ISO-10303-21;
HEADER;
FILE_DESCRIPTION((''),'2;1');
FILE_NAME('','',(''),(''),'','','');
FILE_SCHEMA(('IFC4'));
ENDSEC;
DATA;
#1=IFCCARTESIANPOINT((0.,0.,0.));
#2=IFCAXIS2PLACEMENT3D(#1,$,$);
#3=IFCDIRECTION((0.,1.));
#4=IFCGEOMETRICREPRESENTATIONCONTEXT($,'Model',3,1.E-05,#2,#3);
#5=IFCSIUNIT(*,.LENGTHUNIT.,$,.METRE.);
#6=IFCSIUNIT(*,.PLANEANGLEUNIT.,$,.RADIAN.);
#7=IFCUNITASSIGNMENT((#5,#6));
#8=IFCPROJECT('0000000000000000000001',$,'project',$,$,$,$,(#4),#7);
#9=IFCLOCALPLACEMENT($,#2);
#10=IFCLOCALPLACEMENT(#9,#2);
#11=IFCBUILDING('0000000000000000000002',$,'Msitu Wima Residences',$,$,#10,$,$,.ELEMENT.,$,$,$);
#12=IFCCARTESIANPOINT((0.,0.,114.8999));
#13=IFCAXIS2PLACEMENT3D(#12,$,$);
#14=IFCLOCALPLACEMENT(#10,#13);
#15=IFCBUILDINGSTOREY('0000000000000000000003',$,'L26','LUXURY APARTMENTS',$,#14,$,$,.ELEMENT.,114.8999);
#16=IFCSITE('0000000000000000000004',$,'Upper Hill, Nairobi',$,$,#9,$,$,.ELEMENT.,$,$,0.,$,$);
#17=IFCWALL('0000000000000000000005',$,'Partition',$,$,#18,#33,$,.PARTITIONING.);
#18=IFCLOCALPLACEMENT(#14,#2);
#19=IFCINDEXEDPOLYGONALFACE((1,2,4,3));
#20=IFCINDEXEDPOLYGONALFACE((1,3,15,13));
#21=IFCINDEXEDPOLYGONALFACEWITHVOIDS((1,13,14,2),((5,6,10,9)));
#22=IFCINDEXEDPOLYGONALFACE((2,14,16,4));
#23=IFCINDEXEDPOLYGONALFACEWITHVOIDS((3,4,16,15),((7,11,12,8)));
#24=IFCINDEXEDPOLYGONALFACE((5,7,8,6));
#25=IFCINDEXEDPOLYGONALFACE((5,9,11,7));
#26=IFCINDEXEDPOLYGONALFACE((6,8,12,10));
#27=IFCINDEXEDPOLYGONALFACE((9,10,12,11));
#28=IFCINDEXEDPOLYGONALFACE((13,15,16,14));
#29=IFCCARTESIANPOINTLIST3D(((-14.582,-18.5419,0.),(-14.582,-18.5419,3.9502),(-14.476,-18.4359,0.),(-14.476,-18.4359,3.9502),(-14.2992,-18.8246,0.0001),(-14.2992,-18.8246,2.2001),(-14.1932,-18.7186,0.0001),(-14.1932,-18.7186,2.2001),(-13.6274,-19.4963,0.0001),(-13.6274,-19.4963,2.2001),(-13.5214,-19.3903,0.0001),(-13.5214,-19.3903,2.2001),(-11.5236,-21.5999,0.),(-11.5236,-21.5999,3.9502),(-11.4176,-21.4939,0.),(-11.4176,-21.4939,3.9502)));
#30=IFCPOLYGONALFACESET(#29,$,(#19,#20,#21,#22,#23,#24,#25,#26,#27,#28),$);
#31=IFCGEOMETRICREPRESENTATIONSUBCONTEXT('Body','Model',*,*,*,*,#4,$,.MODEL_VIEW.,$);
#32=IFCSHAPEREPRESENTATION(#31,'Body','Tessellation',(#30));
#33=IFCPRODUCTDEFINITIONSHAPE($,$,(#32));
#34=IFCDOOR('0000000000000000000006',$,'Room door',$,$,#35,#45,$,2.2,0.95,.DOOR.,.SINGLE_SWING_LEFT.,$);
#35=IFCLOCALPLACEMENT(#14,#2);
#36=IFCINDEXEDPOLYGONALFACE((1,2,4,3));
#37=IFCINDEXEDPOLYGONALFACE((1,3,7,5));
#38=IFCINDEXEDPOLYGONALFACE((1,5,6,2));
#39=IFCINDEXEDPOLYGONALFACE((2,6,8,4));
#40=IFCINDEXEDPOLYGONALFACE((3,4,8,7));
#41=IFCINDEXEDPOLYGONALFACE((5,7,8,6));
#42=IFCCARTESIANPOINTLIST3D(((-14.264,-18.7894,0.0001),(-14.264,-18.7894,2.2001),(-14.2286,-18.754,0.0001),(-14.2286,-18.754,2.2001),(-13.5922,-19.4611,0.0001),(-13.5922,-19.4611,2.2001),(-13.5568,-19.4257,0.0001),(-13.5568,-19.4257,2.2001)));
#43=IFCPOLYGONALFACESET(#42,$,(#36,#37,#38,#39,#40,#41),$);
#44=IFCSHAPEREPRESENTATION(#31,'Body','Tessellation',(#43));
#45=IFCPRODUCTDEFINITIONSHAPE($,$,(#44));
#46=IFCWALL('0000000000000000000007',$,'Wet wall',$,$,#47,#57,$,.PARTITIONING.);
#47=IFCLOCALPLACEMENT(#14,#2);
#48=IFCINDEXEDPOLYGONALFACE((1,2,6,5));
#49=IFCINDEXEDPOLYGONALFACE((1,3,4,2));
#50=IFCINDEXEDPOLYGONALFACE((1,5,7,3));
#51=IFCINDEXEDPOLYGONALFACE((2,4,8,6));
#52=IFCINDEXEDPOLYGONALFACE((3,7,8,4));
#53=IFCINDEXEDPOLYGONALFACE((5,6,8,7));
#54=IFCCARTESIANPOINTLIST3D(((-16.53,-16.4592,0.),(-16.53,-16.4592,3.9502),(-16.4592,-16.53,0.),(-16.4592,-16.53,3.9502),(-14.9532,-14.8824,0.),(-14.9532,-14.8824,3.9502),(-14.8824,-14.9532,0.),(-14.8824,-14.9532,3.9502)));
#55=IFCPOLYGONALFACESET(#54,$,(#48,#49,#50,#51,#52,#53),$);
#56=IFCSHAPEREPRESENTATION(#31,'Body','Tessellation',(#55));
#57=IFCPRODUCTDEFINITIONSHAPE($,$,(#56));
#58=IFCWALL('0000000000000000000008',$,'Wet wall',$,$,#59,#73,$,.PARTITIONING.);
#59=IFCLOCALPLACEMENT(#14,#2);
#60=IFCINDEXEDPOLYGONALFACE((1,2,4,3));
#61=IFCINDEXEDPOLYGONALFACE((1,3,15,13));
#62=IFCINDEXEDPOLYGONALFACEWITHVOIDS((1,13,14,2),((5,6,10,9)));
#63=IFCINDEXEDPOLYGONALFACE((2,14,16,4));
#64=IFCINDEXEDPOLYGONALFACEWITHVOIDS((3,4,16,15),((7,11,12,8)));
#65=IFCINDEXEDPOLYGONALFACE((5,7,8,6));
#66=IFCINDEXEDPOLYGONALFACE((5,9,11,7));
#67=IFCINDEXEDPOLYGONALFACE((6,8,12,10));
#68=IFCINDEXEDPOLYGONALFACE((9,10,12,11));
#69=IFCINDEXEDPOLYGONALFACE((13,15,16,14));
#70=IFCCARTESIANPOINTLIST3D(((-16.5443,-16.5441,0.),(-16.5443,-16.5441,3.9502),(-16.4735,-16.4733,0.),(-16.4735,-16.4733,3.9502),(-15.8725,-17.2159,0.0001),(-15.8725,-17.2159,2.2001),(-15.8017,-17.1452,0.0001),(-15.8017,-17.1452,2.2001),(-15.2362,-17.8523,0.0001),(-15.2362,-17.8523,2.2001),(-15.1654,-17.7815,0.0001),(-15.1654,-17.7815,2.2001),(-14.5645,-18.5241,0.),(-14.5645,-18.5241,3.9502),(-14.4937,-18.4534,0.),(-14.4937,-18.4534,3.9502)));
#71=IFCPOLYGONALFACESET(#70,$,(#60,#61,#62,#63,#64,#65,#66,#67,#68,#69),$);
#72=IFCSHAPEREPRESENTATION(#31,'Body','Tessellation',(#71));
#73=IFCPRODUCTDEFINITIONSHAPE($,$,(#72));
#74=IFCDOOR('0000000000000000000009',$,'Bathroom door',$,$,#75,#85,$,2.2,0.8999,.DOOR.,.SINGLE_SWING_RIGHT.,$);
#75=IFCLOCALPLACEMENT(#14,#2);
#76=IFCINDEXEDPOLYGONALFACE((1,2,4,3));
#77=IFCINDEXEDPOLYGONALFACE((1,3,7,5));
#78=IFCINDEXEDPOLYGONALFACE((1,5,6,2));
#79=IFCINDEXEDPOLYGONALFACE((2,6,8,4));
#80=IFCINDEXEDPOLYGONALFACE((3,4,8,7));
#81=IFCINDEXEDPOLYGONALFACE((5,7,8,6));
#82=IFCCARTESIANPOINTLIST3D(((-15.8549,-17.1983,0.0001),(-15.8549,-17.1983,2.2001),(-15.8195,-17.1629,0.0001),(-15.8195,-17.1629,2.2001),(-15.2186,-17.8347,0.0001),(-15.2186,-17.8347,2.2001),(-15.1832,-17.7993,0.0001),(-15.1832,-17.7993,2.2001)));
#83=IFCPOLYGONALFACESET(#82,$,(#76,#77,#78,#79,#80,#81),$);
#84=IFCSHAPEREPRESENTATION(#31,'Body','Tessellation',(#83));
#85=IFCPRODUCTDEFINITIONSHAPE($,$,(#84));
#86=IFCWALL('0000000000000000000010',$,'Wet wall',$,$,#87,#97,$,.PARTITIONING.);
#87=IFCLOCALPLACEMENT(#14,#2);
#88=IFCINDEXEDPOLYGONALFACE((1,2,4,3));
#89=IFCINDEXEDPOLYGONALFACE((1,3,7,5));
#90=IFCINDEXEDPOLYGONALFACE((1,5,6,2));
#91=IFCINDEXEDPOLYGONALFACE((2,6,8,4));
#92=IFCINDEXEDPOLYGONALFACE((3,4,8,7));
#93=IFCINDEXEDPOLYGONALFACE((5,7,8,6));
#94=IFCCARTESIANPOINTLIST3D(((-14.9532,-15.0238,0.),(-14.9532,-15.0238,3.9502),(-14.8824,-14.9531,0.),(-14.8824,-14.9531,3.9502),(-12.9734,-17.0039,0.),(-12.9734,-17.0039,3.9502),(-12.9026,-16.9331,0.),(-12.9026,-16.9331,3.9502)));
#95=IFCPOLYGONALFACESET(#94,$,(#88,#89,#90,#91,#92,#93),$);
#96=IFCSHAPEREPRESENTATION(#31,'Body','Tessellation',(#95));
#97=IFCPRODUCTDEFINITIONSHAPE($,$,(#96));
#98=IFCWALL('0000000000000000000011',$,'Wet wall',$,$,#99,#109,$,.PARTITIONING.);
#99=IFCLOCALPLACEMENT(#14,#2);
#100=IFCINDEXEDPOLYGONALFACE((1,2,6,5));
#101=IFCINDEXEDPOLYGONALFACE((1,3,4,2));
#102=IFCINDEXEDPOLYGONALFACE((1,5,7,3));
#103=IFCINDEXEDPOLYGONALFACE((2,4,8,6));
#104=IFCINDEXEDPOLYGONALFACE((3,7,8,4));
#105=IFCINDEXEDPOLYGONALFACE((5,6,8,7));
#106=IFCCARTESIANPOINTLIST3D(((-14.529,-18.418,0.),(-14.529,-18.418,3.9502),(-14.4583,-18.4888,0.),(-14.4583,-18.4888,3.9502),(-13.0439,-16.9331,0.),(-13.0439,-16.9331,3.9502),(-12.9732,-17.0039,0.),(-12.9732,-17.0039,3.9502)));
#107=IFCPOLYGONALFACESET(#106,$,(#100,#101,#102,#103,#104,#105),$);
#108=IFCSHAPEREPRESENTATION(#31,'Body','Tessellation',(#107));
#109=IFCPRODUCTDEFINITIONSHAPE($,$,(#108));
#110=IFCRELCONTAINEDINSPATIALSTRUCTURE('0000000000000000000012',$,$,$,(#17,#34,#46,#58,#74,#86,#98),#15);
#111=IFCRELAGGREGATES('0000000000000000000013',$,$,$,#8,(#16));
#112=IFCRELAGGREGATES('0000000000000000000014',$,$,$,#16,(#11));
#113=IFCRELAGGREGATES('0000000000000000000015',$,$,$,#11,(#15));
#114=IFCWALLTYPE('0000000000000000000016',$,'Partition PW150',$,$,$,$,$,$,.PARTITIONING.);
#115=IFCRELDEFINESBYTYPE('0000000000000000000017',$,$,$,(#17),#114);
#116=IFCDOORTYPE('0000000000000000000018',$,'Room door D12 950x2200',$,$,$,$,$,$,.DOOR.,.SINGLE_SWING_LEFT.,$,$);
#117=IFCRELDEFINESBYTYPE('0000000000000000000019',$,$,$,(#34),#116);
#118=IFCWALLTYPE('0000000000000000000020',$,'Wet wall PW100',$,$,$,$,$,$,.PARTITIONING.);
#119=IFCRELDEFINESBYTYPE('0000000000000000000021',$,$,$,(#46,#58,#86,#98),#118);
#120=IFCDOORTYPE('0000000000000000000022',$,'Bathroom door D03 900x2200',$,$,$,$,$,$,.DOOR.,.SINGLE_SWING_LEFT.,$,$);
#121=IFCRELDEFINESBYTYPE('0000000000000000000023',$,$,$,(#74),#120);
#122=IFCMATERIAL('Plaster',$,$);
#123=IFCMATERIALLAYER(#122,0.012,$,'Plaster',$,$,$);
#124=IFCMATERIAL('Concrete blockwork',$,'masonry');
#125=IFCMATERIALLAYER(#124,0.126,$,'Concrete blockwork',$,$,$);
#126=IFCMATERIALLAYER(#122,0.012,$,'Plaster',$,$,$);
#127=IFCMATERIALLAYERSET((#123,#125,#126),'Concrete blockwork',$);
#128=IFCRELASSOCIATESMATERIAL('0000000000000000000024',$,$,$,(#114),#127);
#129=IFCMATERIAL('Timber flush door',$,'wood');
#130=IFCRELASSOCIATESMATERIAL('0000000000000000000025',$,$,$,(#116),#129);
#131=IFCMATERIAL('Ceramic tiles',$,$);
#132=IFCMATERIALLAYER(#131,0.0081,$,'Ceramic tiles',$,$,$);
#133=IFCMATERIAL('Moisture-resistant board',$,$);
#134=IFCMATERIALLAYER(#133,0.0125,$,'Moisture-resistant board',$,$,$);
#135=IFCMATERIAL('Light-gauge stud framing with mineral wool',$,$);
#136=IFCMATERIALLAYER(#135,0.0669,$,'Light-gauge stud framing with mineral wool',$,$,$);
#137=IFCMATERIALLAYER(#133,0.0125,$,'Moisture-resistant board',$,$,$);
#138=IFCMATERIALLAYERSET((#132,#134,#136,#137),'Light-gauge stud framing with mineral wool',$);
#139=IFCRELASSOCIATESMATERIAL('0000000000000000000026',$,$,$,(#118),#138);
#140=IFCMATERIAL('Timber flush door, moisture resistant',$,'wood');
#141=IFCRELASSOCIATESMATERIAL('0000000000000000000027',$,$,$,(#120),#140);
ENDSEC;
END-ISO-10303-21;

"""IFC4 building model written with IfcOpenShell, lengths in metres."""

from ifc_helpers import new_model, si_unit, direction, frame, frame_2d, origin, place, context, subcontext, project, spatial, rectangle, extrude, material, layer, layer_set, type_object, element, fill, save


model = new_model("IFC4")

# Units and contexts
model_context = context("Model", 3, precision=1e-05, world=origin(), true_north=direction((0.0, 1.0)))
body_context = subcontext(model_context, "Body", "Model", "MODEL_VIEW")
ifc_project = project(units=[si_unit("LENGTHUNIT", "METRE"), si_unit("PLANEANGLEUNIT", "RADIAN")], contexts=[model_context])

# Site, building, storey
site_placement = place(None, origin())
site = spatial("IfcSite", under=ifc_project, at=site_placement, Name="Upper Hill, Nairobi", CompositionType="ELEMENT", RefElevation=0.0)
building_placement = place(site_placement, origin())
building = spatial("IfcBuilding", under=site, at=building_placement, Name="Msitu Wima Residences", CompositionType="ELEMENT")
storey_placement = place(building_placement, frame((0.0, 0.0, 114.8999)))
storey = spatial("IfcBuildingStorey", under=building, at=storey_placement, Name="L26", Description="LUXURY APARTMENTS", CompositionType="ELEMENT", Elevation=114.8999)

# Shared definitions
ifc_material_1 = material(Name="Plaster")
ifc_material_2 = material(Name="Concrete blockwork", Category="masonry")

# Shared definitions
ifc_layer_1 = layer(ifc_material_1, 0.012, Name="Plaster")
ifc_layer_2 = layer(ifc_material_2, 0.126, Name="Concrete blockwork")
ifc_layer_3 = layer(ifc_material_1, 0.012, Name="Plaster")
ifc_layer_set_1 = layer_set([ifc_layer_1, ifc_layer_2, ifc_layer_3], Name="Concrete blockwork")
wall_type_1 = type_object("IfcWallType", Name="Partition PW150", PredefinedType="PARTITIONING", material=ifc_layer_set_1)

# Wall, opening, door
wall_1_placement = place(storey_placement, frame((-14.5291, -18.4888, 0.0), z_axis=(0.0, 0.0, 1.0), x_axis=(0.707135, -0.707079, 0.0)))
wall_1 = element("IfcWall", 1, at=wall_1_placement, inside=storey, type_object=wall_type_1, Name="Partition", PredefinedType="PARTITIONING", context=body_context, shape_type="SweptSolid", body=[
    extrude(rectangle(XDim=4.325, YDim=0.1499, at=frame_2d((2.1626, 0.0))), origin(), (0.0, 0.0, 1.0), 3.9502),
])
opening_1_placement = place(wall_1_placement, frame((0.3999, 0.0, 0.0)))
opening_1 = element("IfcOpeningElement", 2, at=opening_1_placement, cuts=wall_1, PredefinedType="OPENING", context=body_context, shape_type="SweptSolid", body=[
    extrude(rectangle(XDim=0.95, YDim=2.2, at=frame_2d((0.4751, 1.1001))), frame((0.0, 0.085, 0.0), z_axis=(0.0, -1.0, 0.0), x_axis=(1.0, 0.0, 0.0)), (0.0, 0.0, 1.0), 0.1699),
])
ifc_material_3 = material(Name="Timber flush door", Category="wood")
door_type_1 = type_object("IfcDoorType", Name="Room door D12 950x2200", OperationType="SINGLE_SWING_LEFT", PredefinedType="DOOR", material=ifc_material_3)
door_1_placement = place(opening_1_placement, origin())
door_1 = element("IfcDoor", 3, at=door_1_placement, inside=storey, type_object=door_type_1, Name="Room door", OperationType="SINGLE_SWING_LEFT", OverallHeight=2.2, OverallWidth=0.95, PredefinedType="DOOR", context=body_context, shape_type="SweptSolid", body=[
    extrude(rectangle(XDim=0.95, YDim=2.2, at=frame_2d((0.4751, 1.1001))), frame((0.0, 0.0249, 0.0), z_axis=(0.0, -1.0, 0.0), x_axis=(1.0, 0.0, 0.0)), (0.0, 0.0, 1.0), 0.05),
])
fill(opening_1, door_1)

# Wall
ifc_material_4 = material(Name="Ceramic tiles")
ifc_layer_4 = layer(ifc_material_4, 0.0081, Name="Ceramic tiles")
ifc_material_5 = material(Name="Moisture-resistant board")
ifc_layer_5 = layer(ifc_material_5, 0.0125, Name="Moisture-resistant board")
ifc_material_6 = material(Name="Light-gauge stud framing with mineral wool")
ifc_layer_6 = layer(ifc_material_6, 0.0669, Name="Light-gauge stud framing with mineral wool")
ifc_layer_7 = layer(ifc_material_5, 0.0125, Name="Moisture-resistant board")
ifc_layer_set_2 = layer_set([ifc_layer_4, ifc_layer_5, ifc_layer_6, ifc_layer_7], Name="Light-gauge stud framing with mineral wool")
wall_type_2 = type_object("IfcWallType", Name="Wet wall PW100", PredefinedType="PARTITIONING", material=ifc_layer_set_2)
wall_2_placement = place(storey_placement, frame((-16.4946, -16.4946, 0.0), z_axis=(0.0, 0.0, 1.0), x_axis=(0.707107, 0.707107, 0.0)))
element("IfcWall", 4, at=wall_2_placement, inside=storey, type_object=wall_type_2, Name="Wet wall", PredefinedType="PARTITIONING", context=body_context, shape_type="SweptSolid", body=[
    extrude(rectangle(XDim=2.23, YDim=0.1001, at=frame_2d((1.115, 0.0))), origin(), (0.0, 0.0, 1.0), 3.9502),
])

# Wall, opening, door
wall_3_placement = place(storey_placement, frame((-16.5088, -16.5088, 0.0), z_axis=(0.0, 0.0, 1.0), x_axis=(0.707063, -0.70715, 0.0)))
wall_3 = element("IfcWall", 5, at=wall_3_placement, inside=storey, type_object=wall_type_2, Name="Wet wall", PredefinedType="PARTITIONING", context=body_context, shape_type="SweptSolid", body=[
    extrude(rectangle(XDim=2.8, YDim=0.1001, at=frame_2d((1.3999, 0.0))), origin(), (0.0, 0.0, 1.0), 3.9502),
])
opening_2_placement = place(wall_3_placement, frame((0.95, 0.0, 0.0)))
opening_2 = element("IfcOpeningElement", 6, at=opening_2_placement, cuts=wall_3, PredefinedType="OPENING", context=body_context, shape_type="SweptSolid", body=[
    extrude(rectangle(XDim=0.8999, YDim=2.2, at=frame_2d((0.45, 1.1001))), frame((0.0, 0.0601, 0.0), z_axis=(0.0, -1.0, 0.0), x_axis=(1.0, 0.0, 0.0)), (0.0, 0.0, 1.0), 0.1201),
])
ifc_material_7 = material(Name="Timber flush door, moisture resistant", Category="wood")
door_type_2 = type_object("IfcDoorType", Name="Bathroom door D03 900x2200", OperationType="SINGLE_SWING_LEFT", PredefinedType="DOOR", material=ifc_material_7)
door_2_placement = place(opening_2_placement, origin())
door_2 = element("IfcDoor", 7, at=door_2_placement, inside=storey, type_object=door_type_2, Name="Bathroom door", OperationType="SINGLE_SWING_RIGHT", OverallHeight=2.2, OverallWidth=0.8999, PredefinedType="DOOR", context=body_context, shape_type="SweptSolid", body=[
    extrude(rectangle(XDim=0.8999, YDim=2.2, at=frame_2d((0.45, 1.1001))), frame((0.0, 0.0249, 0.0), z_axis=(0.0, -1.0, 0.0), x_axis=(1.0, 0.0, 0.0)), (0.0, 0.0, 1.0), 0.05),
])
fill(opening_2, door_2)

# Walls
wall_4_placement = place(storey_placement, frame((-14.9177, -14.9885, 0.0), z_axis=(0.0, 0.0, 1.0), x_axis=(0.707063, -0.70715, 0.0)))
element("IfcWall", 8, at=wall_4_placement, inside=storey, type_object=wall_type_2, Name="Wet wall", PredefinedType="PARTITIONING", context=body_context, shape_type="SweptSolid", body=[
    extrude(rectangle(XDim=2.8, YDim=0.1001, at=frame_2d((1.3999, 0.0))), origin(), (0.0, 0.0, 1.0), 3.9502),
])
wall_5_placement = place(storey_placement, frame((-14.4937, -18.4534, 0.0), z_axis=(0.0, 0.0, 1.0), x_axis=(0.707165, 0.707049, 0.0)))
element("IfcWall", 9, at=wall_5_placement, inside=storey, type_object=wall_type_2, Name="Wet wall", PredefinedType="PARTITIONING", context=body_context, shape_type="SweptSolid", body=[
    extrude(rectangle(XDim=2.1001, YDim=0.1001, at=frame_2d((1.05, 0.0))), origin(), (0.0, 0.0, 1.0), 3.9502),
])

save(model, "model.ifc")
